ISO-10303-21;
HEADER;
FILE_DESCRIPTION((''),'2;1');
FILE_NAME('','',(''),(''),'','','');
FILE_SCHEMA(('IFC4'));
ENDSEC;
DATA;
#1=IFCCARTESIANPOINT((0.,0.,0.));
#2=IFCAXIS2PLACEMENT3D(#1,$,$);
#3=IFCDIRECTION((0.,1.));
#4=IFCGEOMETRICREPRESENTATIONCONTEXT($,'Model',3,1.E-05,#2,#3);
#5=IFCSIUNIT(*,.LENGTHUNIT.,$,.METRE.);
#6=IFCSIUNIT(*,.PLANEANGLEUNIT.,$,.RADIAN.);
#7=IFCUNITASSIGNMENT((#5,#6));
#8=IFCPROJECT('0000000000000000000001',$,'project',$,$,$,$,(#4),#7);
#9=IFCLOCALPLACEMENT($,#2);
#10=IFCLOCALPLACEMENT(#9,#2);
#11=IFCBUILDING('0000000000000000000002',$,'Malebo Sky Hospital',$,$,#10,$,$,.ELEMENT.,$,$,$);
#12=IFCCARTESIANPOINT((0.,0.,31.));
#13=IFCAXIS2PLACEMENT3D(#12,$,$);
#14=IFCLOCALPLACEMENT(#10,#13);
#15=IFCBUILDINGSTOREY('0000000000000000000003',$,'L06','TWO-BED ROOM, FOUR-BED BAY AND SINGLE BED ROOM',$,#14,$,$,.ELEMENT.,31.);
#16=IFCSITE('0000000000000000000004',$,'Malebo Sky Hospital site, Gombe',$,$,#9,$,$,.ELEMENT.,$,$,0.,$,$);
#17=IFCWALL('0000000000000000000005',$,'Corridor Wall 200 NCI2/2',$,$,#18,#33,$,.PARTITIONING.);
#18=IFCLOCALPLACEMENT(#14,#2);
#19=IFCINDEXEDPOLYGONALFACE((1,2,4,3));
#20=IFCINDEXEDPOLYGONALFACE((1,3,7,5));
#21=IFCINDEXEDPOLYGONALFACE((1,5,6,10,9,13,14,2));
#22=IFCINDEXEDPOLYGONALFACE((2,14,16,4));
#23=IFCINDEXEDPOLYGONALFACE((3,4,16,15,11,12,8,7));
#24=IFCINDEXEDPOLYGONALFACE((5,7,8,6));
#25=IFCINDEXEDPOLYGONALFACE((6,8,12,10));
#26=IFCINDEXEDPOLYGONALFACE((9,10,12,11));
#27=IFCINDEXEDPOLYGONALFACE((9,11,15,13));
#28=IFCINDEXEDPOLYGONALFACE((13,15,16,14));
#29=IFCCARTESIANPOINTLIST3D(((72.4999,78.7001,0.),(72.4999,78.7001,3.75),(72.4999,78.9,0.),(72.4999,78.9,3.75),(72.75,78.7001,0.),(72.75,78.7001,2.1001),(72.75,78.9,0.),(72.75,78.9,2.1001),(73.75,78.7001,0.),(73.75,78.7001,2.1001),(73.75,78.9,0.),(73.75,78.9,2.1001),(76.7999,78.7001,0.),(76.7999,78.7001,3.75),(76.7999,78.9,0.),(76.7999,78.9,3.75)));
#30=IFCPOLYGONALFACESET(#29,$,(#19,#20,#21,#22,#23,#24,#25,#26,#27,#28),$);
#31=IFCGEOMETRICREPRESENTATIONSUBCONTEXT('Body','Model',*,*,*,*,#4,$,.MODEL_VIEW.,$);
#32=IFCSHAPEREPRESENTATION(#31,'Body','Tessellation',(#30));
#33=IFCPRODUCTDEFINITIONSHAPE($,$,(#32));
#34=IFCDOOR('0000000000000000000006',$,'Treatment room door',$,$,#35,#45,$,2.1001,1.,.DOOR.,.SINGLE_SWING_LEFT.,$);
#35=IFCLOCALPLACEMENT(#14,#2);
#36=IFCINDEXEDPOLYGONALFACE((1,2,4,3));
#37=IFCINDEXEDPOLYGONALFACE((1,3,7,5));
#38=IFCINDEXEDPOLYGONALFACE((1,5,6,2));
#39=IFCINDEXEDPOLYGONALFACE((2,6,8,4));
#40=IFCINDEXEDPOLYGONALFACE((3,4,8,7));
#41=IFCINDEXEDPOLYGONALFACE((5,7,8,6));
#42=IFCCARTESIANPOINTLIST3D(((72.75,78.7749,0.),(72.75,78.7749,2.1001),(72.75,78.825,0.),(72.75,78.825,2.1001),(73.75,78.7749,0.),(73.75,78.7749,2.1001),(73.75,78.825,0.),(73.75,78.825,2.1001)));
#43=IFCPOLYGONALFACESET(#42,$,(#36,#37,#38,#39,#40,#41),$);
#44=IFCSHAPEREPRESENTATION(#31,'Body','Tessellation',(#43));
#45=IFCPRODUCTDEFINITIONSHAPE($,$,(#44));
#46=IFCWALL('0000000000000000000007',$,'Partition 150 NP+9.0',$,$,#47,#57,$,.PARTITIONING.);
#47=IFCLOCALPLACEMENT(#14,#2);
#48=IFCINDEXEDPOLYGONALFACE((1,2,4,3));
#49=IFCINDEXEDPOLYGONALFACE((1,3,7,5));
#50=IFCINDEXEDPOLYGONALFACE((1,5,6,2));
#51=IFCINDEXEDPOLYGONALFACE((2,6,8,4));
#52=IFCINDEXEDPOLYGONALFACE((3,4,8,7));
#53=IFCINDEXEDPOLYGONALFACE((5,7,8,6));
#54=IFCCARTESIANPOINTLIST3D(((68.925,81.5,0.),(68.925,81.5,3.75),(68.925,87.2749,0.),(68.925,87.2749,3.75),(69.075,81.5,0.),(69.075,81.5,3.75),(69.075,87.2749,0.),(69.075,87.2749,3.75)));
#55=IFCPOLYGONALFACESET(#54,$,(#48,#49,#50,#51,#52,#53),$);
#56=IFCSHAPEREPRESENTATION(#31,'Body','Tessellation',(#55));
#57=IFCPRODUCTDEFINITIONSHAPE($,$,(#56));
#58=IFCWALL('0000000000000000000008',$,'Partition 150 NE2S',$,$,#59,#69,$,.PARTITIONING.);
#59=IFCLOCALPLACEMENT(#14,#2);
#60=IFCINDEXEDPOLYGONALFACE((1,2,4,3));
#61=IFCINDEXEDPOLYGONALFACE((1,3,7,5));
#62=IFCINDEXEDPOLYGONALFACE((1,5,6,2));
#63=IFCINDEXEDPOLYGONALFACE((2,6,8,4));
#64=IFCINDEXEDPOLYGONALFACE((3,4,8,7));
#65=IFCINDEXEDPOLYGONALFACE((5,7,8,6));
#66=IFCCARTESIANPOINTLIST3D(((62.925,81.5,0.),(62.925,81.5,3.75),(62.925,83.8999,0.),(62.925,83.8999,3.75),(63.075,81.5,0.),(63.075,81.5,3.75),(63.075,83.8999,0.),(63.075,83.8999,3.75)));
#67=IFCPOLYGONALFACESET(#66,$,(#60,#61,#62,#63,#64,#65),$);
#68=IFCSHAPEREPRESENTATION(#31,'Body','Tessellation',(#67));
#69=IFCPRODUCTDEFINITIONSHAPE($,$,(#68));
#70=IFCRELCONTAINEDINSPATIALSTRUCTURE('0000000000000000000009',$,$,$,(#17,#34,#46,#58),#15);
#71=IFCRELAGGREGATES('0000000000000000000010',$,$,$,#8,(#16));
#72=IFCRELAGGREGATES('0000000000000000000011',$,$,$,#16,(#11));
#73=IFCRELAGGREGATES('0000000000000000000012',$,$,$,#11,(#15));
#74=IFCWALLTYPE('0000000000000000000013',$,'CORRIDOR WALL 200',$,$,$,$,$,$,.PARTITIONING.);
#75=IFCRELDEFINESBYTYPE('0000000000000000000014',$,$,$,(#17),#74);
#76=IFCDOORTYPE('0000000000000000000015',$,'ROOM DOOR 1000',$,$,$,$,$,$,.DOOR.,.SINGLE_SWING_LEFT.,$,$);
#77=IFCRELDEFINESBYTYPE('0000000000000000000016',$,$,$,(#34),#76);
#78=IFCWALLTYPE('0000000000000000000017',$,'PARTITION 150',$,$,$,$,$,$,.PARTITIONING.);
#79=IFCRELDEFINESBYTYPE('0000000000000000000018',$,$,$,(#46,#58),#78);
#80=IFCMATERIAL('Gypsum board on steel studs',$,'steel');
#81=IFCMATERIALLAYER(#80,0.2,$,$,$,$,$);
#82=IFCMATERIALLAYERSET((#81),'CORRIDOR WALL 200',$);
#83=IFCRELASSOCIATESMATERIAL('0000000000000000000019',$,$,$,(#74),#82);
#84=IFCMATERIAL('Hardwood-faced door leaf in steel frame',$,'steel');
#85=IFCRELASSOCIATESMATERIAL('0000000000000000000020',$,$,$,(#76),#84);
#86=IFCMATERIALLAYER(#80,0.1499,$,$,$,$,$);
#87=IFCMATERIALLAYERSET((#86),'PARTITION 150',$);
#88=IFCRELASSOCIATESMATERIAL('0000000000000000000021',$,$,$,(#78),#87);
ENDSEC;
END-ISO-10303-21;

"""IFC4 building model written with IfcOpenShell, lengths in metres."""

from ifc_helpers import new_model, si_unit, direction, frame, frame_2d, origin, place, context, subcontext, project, spatial, rectangle, extrude, material, layer, layer_set, type_object, element, fill, save


model = new_model("IFC4")

# Units and contexts
model_context = context("Model", 3, precision=1e-05, world=origin(), true_north=direction((0.0, 1.0)))
body_context = subcontext(model_context, "Body", "Model", "MODEL_VIEW")
ifc_project = project(units=[si_unit("LENGTHUNIT", "METRE"), si_unit("PLANEANGLEUNIT", "RADIAN")], contexts=[model_context])

# Site, building, storey
site_placement = place(None, origin())
site = spatial("IfcSite", under=ifc_project, at=site_placement, Name="Malebo Sky Hospital site, Gombe", CompositionType="ELEMENT", RefElevation=0.0)
building_placement = place(site_placement, origin())
building = spatial("IfcBuilding", under=site, at=building_placement, Name="Malebo Sky Hospital", CompositionType="ELEMENT")
storey_placement = place(building_placement, frame((0.0, 0.0, 31.0)))
storey = spatial("IfcBuildingStorey", under=building, at=storey_placement, Name="L06", Description="TWO-BED ROOM, FOUR-BED BAY AND SINGLE BED ROOM", CompositionType="ELEMENT", Elevation=31.0)

# Wall, opening, door
ifc_material_1 = material(Name="Gypsum board on steel studs", Category="steel")
ifc_layer_1 = layer(ifc_material_1, 0.2)
ifc_layer_set_1 = layer_set([ifc_layer_1], Name="CORRIDOR WALL 200")
wall_type_1 = type_object("IfcWallType", Name="CORRIDOR WALL 200", PredefinedType="PARTITIONING", material=ifc_layer_set_1)
ifc_material_2 = material(Name="Hardwood-faced door leaf in steel frame", Category="steel")
door_type = type_object("IfcDoorType", Name="ROOM DOOR 1000", OperationType="SINGLE_SWING_LEFT", PredefinedType="DOOR", material=ifc_material_2)
wall_1_placement = place(storey_placement, frame((72.5, 78.8, 0.0), z_axis=(0.0, 0.0, 1.0), x_axis=(1.0, 0.0, 0.0)))
wall_1 = element("IfcWall", 1, at=wall_1_placement, inside=storey, type_object=wall_type_1, Name="Corridor Wall 200 NCI2/2", PredefinedType="PARTITIONING", context=body_context, shape_type="SweptSolid", body=[
    extrude(rectangle(XDim=4.3, YDim=0.2, at=frame_2d((2.1499, 0.0))), origin(), (0.0, 0.0, 1.0), 3.75),
])
opening_1_placement = place(wall_1_placement, frame((0.25, 0.0, 0.0)))
opening_1 = element("IfcOpeningElement", 2, at=opening_1_placement, cuts=wall_1, PredefinedType="OPENING", context=body_context, shape_type="SweptSolid", body=[
    extrude(rectangle(XDim=1.0, YDim=2.1001, at=frame_2d((0.5, 1.05))), frame((0.0, 0.1099, 0.0), z_axis=(0.0, -1.0, 0.0), x_axis=(1.0, 0.0, 0.0)), (0.0, 0.0, 1.0), 0.22),
])
door_1_placement = place(opening_1_placement, origin())
door_1 = element("IfcDoor", 3, at=door_1_placement, inside=storey, type_object=door_type, Name="Treatment room door", OperationType="SINGLE_SWING_LEFT", OverallHeight=2.1001, OverallWidth=1.0, PredefinedType="DOOR", context=body_context, shape_type="SweptSolid", body=[
    extrude(rectangle(XDim=1.0, YDim=2.1001, at=frame_2d((0.5, 1.05))), frame((0.0, 0.0249, 0.0), z_axis=(0.0, -1.0, 0.0), x_axis=(1.0, 0.0, 0.0)), (0.0, 0.0, 1.0), 0.05),
])
fill(opening_1, door_1)

# Walls
ifc_layer_2 = layer(ifc_material_1, 0.1499)
ifc_layer_set_2 = layer_set([ifc_layer_2], Name="PARTITION 150")
wall_type_2 = type_object("IfcWallType", Name="PARTITION 150", PredefinedType="PARTITIONING", material=ifc_layer_set_2)
wall_2_placement = place(storey_placement, frame((69.0, 81.5, 0.0), z_axis=(0.0, 0.0, 1.0), x_axis=(0.0, 1.0, 0.0)))
element("IfcWall", 4, at=wall_2_placement, inside=storey, type_object=wall_type_2, Name="Partition 150 NP+9.0", PredefinedType="PARTITIONING", context=body_context, shape_type="SweptSolid", body=[
    extrude(rectangle(XDim=5.7749, YDim=0.1499, at=frame_2d((2.8875, 0.0))), origin(), (0.0, 0.0, 1.0), 3.75),
])
wall_3_placement = place(storey_placement, frame((63.0, 81.5, 0.0), z_axis=(0.0, 0.0, 1.0), x_axis=(0.0, 1.0, 0.0)))
element("IfcWall", 5, at=wall_3_placement, inside=storey, type_object=wall_type_2, Name="Partition 150 NE2S", PredefinedType="PARTITIONING", context=body_context, shape_type="SweptSolid", body=[
    extrude(rectangle(XDim=2.3999, YDim=0.1499, at=frame_2d((1.2, 0.0))), origin(), (0.0, 0.0, 1.0), 3.75),
])

save(model, "model.ifc")
